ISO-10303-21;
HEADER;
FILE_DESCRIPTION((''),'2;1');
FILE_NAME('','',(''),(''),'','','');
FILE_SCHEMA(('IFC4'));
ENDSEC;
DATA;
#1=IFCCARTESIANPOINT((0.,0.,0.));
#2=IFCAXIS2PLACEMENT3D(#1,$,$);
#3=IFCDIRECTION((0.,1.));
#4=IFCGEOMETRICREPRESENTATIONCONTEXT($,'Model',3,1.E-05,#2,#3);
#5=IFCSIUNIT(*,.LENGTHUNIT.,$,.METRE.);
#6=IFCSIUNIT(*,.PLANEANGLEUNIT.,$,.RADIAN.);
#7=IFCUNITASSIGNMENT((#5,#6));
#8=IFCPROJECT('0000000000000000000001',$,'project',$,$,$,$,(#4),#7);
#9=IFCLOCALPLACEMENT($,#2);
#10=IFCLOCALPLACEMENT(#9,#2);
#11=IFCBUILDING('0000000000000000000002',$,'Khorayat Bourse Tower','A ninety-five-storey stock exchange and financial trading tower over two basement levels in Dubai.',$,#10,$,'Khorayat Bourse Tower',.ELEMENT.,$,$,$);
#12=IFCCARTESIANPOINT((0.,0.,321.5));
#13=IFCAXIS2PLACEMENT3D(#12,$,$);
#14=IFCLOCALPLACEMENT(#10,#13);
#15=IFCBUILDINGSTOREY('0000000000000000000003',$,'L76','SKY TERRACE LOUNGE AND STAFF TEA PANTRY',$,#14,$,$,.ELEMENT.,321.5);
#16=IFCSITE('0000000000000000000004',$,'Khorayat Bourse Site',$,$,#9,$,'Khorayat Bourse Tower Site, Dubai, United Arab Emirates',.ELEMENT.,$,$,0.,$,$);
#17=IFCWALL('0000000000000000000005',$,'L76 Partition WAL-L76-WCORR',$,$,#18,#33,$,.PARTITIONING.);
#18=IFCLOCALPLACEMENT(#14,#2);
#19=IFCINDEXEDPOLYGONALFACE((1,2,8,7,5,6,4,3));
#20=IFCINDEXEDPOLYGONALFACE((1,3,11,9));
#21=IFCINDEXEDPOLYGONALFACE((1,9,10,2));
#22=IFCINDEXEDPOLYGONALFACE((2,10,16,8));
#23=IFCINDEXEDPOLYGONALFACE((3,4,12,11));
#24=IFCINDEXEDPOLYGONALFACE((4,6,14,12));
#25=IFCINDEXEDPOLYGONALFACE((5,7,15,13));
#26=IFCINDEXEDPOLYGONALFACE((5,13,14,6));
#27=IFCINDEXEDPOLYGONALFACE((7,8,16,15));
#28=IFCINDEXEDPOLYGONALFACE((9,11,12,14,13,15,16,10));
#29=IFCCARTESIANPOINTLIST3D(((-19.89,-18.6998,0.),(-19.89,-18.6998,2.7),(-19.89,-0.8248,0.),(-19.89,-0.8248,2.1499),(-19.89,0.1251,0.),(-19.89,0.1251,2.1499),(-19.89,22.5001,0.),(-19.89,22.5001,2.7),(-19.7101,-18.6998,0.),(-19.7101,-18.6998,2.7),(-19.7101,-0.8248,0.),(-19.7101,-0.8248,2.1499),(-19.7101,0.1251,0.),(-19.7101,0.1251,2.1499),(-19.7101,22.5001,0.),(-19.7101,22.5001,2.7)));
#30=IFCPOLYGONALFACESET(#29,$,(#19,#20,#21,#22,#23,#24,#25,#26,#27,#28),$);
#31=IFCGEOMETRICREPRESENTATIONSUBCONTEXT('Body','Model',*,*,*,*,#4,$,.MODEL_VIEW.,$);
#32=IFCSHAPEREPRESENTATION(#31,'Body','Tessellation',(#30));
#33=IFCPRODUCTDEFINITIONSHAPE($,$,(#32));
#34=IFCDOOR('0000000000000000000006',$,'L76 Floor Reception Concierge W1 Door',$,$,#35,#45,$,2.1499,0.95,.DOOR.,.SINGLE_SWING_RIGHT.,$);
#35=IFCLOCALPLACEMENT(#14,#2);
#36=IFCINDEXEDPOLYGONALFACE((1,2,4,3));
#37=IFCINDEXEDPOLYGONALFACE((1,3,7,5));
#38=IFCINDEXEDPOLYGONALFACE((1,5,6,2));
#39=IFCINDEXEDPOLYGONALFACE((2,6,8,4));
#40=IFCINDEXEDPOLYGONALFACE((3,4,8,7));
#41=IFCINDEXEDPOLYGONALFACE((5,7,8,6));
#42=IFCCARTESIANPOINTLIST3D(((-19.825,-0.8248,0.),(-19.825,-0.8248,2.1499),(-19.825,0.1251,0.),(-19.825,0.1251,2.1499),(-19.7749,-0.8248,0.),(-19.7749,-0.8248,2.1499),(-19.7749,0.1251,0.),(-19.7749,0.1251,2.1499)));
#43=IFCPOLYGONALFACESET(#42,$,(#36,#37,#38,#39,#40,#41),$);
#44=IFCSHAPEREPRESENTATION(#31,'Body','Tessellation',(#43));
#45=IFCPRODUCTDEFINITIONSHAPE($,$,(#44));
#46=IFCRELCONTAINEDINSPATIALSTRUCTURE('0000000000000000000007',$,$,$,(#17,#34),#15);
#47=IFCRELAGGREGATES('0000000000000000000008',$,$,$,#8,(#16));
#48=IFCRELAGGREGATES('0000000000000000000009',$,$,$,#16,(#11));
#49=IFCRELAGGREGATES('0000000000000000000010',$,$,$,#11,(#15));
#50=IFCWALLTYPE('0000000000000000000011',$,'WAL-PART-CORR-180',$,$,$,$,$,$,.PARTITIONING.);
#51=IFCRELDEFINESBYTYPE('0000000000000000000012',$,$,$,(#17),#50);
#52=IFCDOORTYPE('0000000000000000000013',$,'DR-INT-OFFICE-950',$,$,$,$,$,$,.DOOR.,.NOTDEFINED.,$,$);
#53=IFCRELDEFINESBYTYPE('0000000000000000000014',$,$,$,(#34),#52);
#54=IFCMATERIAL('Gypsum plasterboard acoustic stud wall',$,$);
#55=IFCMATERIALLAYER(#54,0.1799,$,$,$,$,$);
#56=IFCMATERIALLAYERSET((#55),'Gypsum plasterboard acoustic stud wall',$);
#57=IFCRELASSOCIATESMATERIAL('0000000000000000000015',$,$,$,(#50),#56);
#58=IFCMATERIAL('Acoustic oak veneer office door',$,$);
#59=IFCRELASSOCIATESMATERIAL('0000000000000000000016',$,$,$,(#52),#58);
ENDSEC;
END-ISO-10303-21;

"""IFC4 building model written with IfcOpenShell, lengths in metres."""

from ifc_helpers import new_model, si_unit, direction, frame, frame_2d, origin, place, context, subcontext, project, spatial, rectangle, extrude, source, transform, mapped, material, layer, layer_set, type_object, element, fill, save


model = new_model("IFC4")

# Units and contexts
model_context = context("Model", 3, precision=1e-05, world=origin(), true_north=direction((0.0, 1.0)))
body_context = subcontext(model_context, "Body", "Model", "MODEL_VIEW")
ifc_project = project(units=[si_unit("LENGTHUNIT", "METRE"), si_unit("PLANEANGLEUNIT", "RADIAN")], contexts=[model_context])

# Site, building, storey
site_placement = place(None, origin())
site = spatial("IfcSite", under=ifc_project, at=site_placement, Name="Khorayat Bourse Site", LongName="Khorayat Bourse Tower Site, Dubai, United Arab Emirates", CompositionType="ELEMENT", RefElevation=0.0)
building_placement = place(site_placement, origin())
building = spatial("IfcBuilding", under=site, at=building_placement, Name="Khorayat Bourse Tower", Description="A ninety-five-storey stock exchange and financial trading tower over two basement levels in Dubai.", LongName="Khorayat Bourse Tower", CompositionType="ELEMENT")
storey_placement = place(building_placement, frame((0.0, 0.0, 321.5)))
storey = spatial("IfcBuildingStorey", under=building, at=storey_placement, Name="L76", Description="SKY TERRACE LOUNGE AND STAFF TEA PANTRY", CompositionType="ELEMENT", Elevation=321.5)

# Shared definitions
ifc_material_1 = material(Name="Gypsum plasterboard acoustic stud wall")
ifc_layer_1 = layer(ifc_material_1, 0.1799)
ifc_layer_set_1 = layer_set([ifc_layer_1], Name="Gypsum plasterboard acoustic stud wall")
wall_type_1 = type_object("IfcWallType", Name="WAL-PART-CORR-180", PredefinedType="PARTITIONING", material=ifc_layer_set_1)

# Wall, opening, door
ifc_material_2 = material(Name="Acoustic oak veneer office door")
door_type_1 = type_object("IfcDoorType", Name="DR-INT-OFFICE-950", OperationType="NOTDEFINED", PredefinedType="DOOR", material=ifc_material_2)
shared_shape_1 = source(origin(), body_context, "Body", "SweptSolid", [
    extrude(rectangle(XDim=0.95, YDim=2.1499, at=frame_2d((0.4751, 1.075))), frame((0.0, 0.0249, 0.0), z_axis=(0.0, -1.0, 0.0), x_axis=(1.0, 0.0, 0.0)), (0.0, 0.0, 1.0), 0.05),
])
shared_shape_2 = source(origin(), body_context, "Body", "SweptSolid", [
    extrude(rectangle(XDim=41.2, YDim=0.1799, at=frame_2d((20.6001, 0.0))), origin(), (0.0, 0.0, 1.0), 2.7),
])
wall_1_placement = place(storey_placement, frame((-19.8, -18.7, 0.0), z_axis=(0.0, 0.0, 1.0), x_axis=(0.0, 1.0, 0.0)))
wall_1 = element("IfcWall", 1, at=wall_1_placement, inside=storey, type_object=wall_type_1, Name="L76 Partition WAL-L76-WCORR", PredefinedType="PARTITIONING", context=body_context, shape_type="MappedRepresentation", body=[
    mapped(shared_shape_2, transform((0.0, 0.0, 0.0), scale=1.0)),
])
shared_shape_3 = source(origin(), body_context, "Body", "SweptSolid", [
    extrude(rectangle(XDim=0.95, YDim=2.1499, at=frame_2d((0.4751, 1.075))), frame((0.0, 0.0999, 0.0), z_axis=(0.0, -1.0, 0.0), x_axis=(1.0, 0.0, 0.0)), (0.0, 0.0, 1.0), 0.2),
])
opening_1_placement = place(wall_1_placement, frame((17.875, 0.0, 0.0)))
opening_1 = element("IfcOpeningElement", 2, at=opening_1_placement, cuts=wall_1, PredefinedType="OPENING", context=body_context, shape_type="MappedRepresentation", body=[
    mapped(shared_shape_3, transform((0.0, 0.0, 0.0), scale=1.0)),
])
door_1_placement = place(opening_1_placement, origin())
door_1 = element("IfcDoor", 3, at=door_1_placement, inside=storey, type_object=door_type_1, Name="L76 Floor Reception Concierge W1 Door", OperationType="SINGLE_SWING_RIGHT", OverallHeight=2.1499, OverallWidth=0.95, PredefinedType="DOOR", context=body_context, shape_type="MappedRepresentation", body=[
    mapped(shared_shape_1, transform((0.0, 0.0, 0.0), scale=1.0)),
])
fill(opening_1, door_1)

save(model, "model.ifc")
